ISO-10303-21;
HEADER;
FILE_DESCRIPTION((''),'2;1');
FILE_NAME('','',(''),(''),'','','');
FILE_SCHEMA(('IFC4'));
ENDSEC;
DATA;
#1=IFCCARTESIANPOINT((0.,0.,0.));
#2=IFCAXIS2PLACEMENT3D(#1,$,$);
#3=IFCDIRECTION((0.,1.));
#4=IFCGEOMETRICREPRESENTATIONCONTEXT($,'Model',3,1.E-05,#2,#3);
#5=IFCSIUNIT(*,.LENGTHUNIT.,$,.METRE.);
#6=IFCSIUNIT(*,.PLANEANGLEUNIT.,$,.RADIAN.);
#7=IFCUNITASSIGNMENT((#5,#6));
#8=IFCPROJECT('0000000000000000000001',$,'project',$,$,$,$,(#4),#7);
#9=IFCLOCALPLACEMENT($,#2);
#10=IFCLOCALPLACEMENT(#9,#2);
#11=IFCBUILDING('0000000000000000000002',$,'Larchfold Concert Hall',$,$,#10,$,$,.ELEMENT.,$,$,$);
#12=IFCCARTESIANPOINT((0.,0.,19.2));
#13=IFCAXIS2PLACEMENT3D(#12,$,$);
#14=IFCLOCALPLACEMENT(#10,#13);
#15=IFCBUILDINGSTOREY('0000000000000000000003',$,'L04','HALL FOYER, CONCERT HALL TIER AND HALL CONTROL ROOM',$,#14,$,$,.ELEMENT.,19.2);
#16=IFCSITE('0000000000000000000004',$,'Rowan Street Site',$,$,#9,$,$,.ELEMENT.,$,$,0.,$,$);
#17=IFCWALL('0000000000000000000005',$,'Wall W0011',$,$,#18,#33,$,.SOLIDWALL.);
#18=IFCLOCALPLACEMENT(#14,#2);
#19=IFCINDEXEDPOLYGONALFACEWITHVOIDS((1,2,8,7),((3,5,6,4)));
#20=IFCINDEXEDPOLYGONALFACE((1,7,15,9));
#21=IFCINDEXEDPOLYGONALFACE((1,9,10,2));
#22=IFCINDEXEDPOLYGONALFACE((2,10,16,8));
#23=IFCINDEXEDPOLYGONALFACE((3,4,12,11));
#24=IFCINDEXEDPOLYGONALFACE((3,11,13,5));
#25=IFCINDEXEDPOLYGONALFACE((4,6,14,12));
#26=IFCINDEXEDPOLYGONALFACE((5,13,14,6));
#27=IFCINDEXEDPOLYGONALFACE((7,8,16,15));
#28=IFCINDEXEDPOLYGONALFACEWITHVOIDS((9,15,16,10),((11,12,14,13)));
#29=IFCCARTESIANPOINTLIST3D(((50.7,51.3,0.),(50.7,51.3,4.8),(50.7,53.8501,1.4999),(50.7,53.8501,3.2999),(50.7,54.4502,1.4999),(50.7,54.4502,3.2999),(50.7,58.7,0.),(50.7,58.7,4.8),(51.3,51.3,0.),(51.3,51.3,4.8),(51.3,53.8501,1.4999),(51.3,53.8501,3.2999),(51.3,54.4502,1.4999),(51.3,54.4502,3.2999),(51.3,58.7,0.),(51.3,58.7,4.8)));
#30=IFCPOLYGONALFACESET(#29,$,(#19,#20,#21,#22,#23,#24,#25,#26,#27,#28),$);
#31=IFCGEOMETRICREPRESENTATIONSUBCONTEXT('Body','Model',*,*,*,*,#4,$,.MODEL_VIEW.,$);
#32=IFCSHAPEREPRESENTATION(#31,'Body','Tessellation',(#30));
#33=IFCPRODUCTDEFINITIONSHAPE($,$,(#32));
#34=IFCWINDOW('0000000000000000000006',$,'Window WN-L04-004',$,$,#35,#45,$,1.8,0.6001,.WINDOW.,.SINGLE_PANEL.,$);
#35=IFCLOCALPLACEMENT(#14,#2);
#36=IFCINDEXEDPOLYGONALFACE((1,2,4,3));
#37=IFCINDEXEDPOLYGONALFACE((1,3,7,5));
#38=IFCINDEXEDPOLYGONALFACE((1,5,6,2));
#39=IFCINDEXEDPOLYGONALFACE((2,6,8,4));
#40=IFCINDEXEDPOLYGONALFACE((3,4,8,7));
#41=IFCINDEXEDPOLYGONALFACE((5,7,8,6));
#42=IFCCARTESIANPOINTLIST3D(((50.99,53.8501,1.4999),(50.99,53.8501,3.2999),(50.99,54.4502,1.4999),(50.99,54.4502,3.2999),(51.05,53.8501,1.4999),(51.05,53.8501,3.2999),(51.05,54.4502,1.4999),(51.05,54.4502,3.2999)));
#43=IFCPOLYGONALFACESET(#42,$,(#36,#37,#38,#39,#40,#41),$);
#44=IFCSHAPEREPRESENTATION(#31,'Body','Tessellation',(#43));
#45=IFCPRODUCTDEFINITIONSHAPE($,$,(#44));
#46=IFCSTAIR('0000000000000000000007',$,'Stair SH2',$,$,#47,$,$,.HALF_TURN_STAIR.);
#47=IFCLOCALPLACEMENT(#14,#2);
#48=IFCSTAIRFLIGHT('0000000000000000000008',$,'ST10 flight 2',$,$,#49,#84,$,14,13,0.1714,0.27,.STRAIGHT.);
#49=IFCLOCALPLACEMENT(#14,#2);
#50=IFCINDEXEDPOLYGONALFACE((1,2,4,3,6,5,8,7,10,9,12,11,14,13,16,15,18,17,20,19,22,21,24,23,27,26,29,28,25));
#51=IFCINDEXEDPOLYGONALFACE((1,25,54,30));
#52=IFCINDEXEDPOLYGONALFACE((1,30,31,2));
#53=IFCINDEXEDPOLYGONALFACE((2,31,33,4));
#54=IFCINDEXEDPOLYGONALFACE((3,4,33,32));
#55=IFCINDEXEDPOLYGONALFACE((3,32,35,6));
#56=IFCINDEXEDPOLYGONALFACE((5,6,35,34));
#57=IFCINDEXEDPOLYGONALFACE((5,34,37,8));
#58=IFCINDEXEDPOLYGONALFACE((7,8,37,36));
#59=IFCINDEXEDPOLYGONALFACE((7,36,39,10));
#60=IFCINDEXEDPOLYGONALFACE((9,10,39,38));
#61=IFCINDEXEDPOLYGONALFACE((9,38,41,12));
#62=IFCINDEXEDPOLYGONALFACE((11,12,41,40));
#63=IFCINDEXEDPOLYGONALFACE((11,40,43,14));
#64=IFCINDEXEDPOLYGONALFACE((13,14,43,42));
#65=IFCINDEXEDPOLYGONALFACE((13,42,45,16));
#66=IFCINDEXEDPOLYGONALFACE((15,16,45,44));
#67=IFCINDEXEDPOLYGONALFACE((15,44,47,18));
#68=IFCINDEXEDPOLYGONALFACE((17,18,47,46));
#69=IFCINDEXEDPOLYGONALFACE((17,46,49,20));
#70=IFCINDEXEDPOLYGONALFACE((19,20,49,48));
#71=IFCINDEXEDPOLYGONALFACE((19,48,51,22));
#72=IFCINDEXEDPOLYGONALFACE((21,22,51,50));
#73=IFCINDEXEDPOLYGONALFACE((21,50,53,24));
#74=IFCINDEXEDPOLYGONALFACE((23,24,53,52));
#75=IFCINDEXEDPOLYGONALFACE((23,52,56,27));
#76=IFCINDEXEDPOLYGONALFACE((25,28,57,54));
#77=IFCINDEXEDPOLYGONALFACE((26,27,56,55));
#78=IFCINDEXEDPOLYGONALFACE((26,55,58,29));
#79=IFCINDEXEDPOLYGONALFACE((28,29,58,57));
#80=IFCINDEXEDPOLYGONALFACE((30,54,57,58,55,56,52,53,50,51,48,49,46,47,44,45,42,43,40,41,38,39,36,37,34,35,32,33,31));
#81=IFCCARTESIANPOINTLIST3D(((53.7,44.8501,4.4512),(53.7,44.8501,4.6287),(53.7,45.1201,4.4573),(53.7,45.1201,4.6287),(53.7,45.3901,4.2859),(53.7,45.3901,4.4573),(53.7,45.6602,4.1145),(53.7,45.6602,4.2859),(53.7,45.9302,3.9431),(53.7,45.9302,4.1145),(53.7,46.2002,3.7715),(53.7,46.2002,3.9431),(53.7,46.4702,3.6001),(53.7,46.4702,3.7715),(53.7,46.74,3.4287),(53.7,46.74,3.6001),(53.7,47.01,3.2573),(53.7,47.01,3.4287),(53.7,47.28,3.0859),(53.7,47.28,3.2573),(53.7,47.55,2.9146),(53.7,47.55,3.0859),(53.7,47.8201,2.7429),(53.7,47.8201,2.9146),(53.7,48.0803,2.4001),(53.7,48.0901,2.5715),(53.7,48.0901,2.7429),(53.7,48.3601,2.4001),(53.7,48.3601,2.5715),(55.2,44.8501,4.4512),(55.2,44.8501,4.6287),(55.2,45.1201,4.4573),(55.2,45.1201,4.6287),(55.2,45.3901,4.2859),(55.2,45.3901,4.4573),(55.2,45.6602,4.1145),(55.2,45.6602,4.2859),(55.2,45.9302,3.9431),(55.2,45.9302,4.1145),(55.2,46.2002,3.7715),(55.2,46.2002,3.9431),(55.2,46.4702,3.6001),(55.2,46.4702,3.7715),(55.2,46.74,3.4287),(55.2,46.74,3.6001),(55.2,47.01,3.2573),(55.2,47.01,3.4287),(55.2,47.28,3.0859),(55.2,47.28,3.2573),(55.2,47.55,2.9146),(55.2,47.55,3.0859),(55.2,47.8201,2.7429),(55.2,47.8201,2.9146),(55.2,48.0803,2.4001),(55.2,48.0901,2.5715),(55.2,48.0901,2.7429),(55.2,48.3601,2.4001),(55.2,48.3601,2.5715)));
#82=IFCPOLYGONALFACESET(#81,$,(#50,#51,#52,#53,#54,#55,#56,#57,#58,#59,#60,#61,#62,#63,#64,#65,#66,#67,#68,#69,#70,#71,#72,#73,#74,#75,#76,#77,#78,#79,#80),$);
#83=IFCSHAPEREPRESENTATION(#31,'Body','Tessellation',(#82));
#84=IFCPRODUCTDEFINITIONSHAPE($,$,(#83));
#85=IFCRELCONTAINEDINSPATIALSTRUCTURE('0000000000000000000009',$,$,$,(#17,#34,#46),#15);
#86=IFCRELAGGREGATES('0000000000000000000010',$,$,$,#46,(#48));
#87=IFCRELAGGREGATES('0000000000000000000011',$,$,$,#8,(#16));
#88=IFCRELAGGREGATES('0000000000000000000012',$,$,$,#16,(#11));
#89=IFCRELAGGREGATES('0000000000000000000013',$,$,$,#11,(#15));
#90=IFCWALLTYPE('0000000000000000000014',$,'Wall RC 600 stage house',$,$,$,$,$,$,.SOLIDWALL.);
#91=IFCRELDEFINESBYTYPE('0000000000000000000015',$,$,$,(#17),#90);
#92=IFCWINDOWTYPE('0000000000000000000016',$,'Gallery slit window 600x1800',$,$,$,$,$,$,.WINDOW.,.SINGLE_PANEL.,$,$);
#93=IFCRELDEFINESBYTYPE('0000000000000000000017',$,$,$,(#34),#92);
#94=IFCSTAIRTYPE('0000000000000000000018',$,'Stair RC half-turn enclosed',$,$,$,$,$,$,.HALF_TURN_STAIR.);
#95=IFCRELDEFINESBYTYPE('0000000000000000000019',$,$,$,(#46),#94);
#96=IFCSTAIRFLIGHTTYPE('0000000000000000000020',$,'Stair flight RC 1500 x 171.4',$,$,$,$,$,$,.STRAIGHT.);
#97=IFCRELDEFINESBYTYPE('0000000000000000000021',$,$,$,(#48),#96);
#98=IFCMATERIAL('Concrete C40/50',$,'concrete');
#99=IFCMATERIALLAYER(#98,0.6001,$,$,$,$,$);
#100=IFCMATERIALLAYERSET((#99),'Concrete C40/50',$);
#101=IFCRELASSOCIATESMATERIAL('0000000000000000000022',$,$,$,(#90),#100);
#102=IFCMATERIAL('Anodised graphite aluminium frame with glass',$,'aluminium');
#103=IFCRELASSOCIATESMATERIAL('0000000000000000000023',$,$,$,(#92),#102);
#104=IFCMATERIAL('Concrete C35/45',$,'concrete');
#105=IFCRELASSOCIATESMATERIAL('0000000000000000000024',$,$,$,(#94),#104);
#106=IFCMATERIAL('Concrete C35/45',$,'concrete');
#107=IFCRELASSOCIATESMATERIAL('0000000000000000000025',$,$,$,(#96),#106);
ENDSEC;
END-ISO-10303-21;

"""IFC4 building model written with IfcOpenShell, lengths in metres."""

from ifc_helpers import new_model, si_unit, direction, frame, frame_2d, origin, place, context, subcontext, project, spatial, polyline, rectangle, outline, extrude, material, layer, layer_set, type_object, element, fill, aggregate, save


model = new_model("IFC4")

# Units and contexts
model_context = context("Model", 3, precision=1e-05, world=origin(), true_north=direction((0.0, 1.0)))
body_context = subcontext(model_context, "Body", "Model", "MODEL_VIEW")
ifc_project = project(units=[si_unit("LENGTHUNIT", "METRE"), si_unit("PLANEANGLEUNIT", "RADIAN")], contexts=[model_context])

# Site, building, storey
site_placement = place(None, origin())
site = spatial("IfcSite", under=ifc_project, at=site_placement, Name="Rowan Street Site", CompositionType="ELEMENT", RefElevation=0.0)
building_placement = place(site_placement, origin())
building = spatial("IfcBuilding", under=site, at=building_placement, Name="Larchfold Concert Hall", CompositionType="ELEMENT")
storey_placement = place(building_placement, frame((0.0, 0.0, 19.2)))
storey = spatial("IfcBuildingStorey", under=building, at=storey_placement, Name="L04", Description="HALL FOYER, CONCERT HALL TIER AND HALL CONTROL ROOM", CompositionType="ELEMENT", Elevation=19.2)

# Wall, opening, window
ifc_material_1 = material(Name="Concrete C40/50", Category="concrete")
ifc_layer_1 = layer(ifc_material_1, 0.6001)
ifc_layer_set_1 = layer_set([ifc_layer_1], Name="Concrete C40/50")
wall_type_1 = type_object("IfcWallType", Name="Wall RC 600 stage house", PredefinedType="SOLIDWALL", material=ifc_layer_set_1)
ifc_material_2 = material(Name="Anodised graphite aluminium frame with glass", Category="aluminium")
window_type = type_object("IfcWindowType", Name="Gallery slit window 600x1800", PartitioningType="SINGLE_PANEL", PredefinedType="WINDOW", material=ifc_material_2)
wall_1_placement = place(storey_placement, frame((51.0, 51.3, 0.0), z_axis=(0.0, 0.0, 1.0), x_axis=(0.0, 1.0, 0.0)))
wall_1 = element("IfcWall", 1, at=wall_1_placement, inside=storey, type_object=wall_type_1, Name="Wall W0011", PredefinedType="SOLIDWALL", context=body_context, shape_type="SweptSolid", body=[
    extrude(rectangle(XDim=7.3999, YDim=0.6001, at=frame_2d((3.7, 0.0))), origin(), (0.0, 0.0, 1.0), 4.8),
])
opening_1_placement = place(wall_1_placement, frame((2.55, 0.0, 1.5)))
opening_1 = element("IfcOpeningElement", 2, at=opening_1_placement, cuts=wall_1, PredefinedType="OPENING", context=body_context, shape_type="SweptSolid", body=[
    extrude(rectangle(XDim=0.6001, YDim=1.8, at=frame_2d((0.3, 0.8999))), frame((0.0, 0.3101, 0.0), z_axis=(0.0, -1.0, 0.0), x_axis=(1.0, 0.0, 0.0)), (0.0, 0.0, 1.0), 0.6201),
])
window_1_placement = place(opening_1_placement, origin())
window_1 = element("IfcWindow", 3, at=window_1_placement, inside=storey, type_object=window_type, Name="Window WN-L04-004", OverallHeight=1.8, OverallWidth=0.6001, PartitioningType="SINGLE_PANEL", PredefinedType="WINDOW", context=body_context, shape_type="SweptSolid", body=[
    extrude(rectangle(XDim=0.6001, YDim=1.8, at=frame_2d((0.3, 0.8999))), frame((0.0, 0.01, 0.0), z_axis=(0.0, -1.0, 0.0), x_axis=(1.0, 0.0, 0.0)), (0.0, 0.0, 1.0), 0.0601),
])
fill(opening_1, window_1)

# Stair, stair flight
ifc_material_3 = material(Name="Concrete C35/45", Category="concrete")
stair_type = type_object("IfcStairType", Name="Stair RC half-turn enclosed", PredefinedType="HALF_TURN_STAIR", material=ifc_material_3)
stair_placement = place(storey_placement, origin())
stair = element("IfcStair", 4, at=stair_placement, inside=storey, type_object=stair_type, Name="Stair SH2", PredefinedType="HALF_TURN_STAIR")
ifc_material_4 = material(Name="Concrete C35/45", Category="concrete")
stair_flight_type = type_object("IfcStairFlightType", Name="Stair flight RC 1500 x 171.4", PredefinedType="STRAIGHT", material=ifc_material_4)
stair_flight_placement = place(storey_placement, frame((54.45, 48.3601, 2.4001), z_axis=(0.0, 0.0, 1.0), x_axis=(0.0, -1.0, 0.0)))
stair_flight = element("IfcStairFlight", 5, at=stair_flight_placement, type_object=stair_flight_type, Name="ST10 flight 2", NumberOfRisers=14, NumberOfTreads=13, PredefinedType="STRAIGHT", RiserHeight=0.1714, TreadLength=0.27, context=body_context, shape_type="SweptSolid", body=[
    extrude(outline(polyline([(0.0, 0.0), (0.0, 0.1714), (0.27, 0.1714), (0.27, 0.3428), (0.54, 0.3428), (0.54, 0.5144), (0.8101, 0.5144), (0.8101, 0.6858), (1.0801, 0.6858), (1.0801, 0.8572), (1.3501, 0.8572), (1.3501, 1.0286), (1.6201, 1.0286), (1.6201, 1.2), (1.8899, 1.2), (1.8899, 1.3713), (2.1599, 1.3713), (2.1599, 1.543), (2.4299, 1.543), (2.4299, 1.7144), (2.7, 1.7144), (2.7, 1.8857), (2.97, 1.8857), (2.97, 2.0571), (3.24, 2.0571), (3.24, 2.2285), (3.51, 2.2285), (3.51, 2.3999), (3.51, 2.051), (0.2798, 0.0), (0.0, 0.0)])), frame((0.0, 0.75, 0.0), z_axis=(0.0, -1.0, 0.0), x_axis=(1.0, 0.0, 0.0)), (0.0, 0.0, 1.0), 1.5),
])
aggregate(stair, [stair_flight])

save(model, "model.ifc")
